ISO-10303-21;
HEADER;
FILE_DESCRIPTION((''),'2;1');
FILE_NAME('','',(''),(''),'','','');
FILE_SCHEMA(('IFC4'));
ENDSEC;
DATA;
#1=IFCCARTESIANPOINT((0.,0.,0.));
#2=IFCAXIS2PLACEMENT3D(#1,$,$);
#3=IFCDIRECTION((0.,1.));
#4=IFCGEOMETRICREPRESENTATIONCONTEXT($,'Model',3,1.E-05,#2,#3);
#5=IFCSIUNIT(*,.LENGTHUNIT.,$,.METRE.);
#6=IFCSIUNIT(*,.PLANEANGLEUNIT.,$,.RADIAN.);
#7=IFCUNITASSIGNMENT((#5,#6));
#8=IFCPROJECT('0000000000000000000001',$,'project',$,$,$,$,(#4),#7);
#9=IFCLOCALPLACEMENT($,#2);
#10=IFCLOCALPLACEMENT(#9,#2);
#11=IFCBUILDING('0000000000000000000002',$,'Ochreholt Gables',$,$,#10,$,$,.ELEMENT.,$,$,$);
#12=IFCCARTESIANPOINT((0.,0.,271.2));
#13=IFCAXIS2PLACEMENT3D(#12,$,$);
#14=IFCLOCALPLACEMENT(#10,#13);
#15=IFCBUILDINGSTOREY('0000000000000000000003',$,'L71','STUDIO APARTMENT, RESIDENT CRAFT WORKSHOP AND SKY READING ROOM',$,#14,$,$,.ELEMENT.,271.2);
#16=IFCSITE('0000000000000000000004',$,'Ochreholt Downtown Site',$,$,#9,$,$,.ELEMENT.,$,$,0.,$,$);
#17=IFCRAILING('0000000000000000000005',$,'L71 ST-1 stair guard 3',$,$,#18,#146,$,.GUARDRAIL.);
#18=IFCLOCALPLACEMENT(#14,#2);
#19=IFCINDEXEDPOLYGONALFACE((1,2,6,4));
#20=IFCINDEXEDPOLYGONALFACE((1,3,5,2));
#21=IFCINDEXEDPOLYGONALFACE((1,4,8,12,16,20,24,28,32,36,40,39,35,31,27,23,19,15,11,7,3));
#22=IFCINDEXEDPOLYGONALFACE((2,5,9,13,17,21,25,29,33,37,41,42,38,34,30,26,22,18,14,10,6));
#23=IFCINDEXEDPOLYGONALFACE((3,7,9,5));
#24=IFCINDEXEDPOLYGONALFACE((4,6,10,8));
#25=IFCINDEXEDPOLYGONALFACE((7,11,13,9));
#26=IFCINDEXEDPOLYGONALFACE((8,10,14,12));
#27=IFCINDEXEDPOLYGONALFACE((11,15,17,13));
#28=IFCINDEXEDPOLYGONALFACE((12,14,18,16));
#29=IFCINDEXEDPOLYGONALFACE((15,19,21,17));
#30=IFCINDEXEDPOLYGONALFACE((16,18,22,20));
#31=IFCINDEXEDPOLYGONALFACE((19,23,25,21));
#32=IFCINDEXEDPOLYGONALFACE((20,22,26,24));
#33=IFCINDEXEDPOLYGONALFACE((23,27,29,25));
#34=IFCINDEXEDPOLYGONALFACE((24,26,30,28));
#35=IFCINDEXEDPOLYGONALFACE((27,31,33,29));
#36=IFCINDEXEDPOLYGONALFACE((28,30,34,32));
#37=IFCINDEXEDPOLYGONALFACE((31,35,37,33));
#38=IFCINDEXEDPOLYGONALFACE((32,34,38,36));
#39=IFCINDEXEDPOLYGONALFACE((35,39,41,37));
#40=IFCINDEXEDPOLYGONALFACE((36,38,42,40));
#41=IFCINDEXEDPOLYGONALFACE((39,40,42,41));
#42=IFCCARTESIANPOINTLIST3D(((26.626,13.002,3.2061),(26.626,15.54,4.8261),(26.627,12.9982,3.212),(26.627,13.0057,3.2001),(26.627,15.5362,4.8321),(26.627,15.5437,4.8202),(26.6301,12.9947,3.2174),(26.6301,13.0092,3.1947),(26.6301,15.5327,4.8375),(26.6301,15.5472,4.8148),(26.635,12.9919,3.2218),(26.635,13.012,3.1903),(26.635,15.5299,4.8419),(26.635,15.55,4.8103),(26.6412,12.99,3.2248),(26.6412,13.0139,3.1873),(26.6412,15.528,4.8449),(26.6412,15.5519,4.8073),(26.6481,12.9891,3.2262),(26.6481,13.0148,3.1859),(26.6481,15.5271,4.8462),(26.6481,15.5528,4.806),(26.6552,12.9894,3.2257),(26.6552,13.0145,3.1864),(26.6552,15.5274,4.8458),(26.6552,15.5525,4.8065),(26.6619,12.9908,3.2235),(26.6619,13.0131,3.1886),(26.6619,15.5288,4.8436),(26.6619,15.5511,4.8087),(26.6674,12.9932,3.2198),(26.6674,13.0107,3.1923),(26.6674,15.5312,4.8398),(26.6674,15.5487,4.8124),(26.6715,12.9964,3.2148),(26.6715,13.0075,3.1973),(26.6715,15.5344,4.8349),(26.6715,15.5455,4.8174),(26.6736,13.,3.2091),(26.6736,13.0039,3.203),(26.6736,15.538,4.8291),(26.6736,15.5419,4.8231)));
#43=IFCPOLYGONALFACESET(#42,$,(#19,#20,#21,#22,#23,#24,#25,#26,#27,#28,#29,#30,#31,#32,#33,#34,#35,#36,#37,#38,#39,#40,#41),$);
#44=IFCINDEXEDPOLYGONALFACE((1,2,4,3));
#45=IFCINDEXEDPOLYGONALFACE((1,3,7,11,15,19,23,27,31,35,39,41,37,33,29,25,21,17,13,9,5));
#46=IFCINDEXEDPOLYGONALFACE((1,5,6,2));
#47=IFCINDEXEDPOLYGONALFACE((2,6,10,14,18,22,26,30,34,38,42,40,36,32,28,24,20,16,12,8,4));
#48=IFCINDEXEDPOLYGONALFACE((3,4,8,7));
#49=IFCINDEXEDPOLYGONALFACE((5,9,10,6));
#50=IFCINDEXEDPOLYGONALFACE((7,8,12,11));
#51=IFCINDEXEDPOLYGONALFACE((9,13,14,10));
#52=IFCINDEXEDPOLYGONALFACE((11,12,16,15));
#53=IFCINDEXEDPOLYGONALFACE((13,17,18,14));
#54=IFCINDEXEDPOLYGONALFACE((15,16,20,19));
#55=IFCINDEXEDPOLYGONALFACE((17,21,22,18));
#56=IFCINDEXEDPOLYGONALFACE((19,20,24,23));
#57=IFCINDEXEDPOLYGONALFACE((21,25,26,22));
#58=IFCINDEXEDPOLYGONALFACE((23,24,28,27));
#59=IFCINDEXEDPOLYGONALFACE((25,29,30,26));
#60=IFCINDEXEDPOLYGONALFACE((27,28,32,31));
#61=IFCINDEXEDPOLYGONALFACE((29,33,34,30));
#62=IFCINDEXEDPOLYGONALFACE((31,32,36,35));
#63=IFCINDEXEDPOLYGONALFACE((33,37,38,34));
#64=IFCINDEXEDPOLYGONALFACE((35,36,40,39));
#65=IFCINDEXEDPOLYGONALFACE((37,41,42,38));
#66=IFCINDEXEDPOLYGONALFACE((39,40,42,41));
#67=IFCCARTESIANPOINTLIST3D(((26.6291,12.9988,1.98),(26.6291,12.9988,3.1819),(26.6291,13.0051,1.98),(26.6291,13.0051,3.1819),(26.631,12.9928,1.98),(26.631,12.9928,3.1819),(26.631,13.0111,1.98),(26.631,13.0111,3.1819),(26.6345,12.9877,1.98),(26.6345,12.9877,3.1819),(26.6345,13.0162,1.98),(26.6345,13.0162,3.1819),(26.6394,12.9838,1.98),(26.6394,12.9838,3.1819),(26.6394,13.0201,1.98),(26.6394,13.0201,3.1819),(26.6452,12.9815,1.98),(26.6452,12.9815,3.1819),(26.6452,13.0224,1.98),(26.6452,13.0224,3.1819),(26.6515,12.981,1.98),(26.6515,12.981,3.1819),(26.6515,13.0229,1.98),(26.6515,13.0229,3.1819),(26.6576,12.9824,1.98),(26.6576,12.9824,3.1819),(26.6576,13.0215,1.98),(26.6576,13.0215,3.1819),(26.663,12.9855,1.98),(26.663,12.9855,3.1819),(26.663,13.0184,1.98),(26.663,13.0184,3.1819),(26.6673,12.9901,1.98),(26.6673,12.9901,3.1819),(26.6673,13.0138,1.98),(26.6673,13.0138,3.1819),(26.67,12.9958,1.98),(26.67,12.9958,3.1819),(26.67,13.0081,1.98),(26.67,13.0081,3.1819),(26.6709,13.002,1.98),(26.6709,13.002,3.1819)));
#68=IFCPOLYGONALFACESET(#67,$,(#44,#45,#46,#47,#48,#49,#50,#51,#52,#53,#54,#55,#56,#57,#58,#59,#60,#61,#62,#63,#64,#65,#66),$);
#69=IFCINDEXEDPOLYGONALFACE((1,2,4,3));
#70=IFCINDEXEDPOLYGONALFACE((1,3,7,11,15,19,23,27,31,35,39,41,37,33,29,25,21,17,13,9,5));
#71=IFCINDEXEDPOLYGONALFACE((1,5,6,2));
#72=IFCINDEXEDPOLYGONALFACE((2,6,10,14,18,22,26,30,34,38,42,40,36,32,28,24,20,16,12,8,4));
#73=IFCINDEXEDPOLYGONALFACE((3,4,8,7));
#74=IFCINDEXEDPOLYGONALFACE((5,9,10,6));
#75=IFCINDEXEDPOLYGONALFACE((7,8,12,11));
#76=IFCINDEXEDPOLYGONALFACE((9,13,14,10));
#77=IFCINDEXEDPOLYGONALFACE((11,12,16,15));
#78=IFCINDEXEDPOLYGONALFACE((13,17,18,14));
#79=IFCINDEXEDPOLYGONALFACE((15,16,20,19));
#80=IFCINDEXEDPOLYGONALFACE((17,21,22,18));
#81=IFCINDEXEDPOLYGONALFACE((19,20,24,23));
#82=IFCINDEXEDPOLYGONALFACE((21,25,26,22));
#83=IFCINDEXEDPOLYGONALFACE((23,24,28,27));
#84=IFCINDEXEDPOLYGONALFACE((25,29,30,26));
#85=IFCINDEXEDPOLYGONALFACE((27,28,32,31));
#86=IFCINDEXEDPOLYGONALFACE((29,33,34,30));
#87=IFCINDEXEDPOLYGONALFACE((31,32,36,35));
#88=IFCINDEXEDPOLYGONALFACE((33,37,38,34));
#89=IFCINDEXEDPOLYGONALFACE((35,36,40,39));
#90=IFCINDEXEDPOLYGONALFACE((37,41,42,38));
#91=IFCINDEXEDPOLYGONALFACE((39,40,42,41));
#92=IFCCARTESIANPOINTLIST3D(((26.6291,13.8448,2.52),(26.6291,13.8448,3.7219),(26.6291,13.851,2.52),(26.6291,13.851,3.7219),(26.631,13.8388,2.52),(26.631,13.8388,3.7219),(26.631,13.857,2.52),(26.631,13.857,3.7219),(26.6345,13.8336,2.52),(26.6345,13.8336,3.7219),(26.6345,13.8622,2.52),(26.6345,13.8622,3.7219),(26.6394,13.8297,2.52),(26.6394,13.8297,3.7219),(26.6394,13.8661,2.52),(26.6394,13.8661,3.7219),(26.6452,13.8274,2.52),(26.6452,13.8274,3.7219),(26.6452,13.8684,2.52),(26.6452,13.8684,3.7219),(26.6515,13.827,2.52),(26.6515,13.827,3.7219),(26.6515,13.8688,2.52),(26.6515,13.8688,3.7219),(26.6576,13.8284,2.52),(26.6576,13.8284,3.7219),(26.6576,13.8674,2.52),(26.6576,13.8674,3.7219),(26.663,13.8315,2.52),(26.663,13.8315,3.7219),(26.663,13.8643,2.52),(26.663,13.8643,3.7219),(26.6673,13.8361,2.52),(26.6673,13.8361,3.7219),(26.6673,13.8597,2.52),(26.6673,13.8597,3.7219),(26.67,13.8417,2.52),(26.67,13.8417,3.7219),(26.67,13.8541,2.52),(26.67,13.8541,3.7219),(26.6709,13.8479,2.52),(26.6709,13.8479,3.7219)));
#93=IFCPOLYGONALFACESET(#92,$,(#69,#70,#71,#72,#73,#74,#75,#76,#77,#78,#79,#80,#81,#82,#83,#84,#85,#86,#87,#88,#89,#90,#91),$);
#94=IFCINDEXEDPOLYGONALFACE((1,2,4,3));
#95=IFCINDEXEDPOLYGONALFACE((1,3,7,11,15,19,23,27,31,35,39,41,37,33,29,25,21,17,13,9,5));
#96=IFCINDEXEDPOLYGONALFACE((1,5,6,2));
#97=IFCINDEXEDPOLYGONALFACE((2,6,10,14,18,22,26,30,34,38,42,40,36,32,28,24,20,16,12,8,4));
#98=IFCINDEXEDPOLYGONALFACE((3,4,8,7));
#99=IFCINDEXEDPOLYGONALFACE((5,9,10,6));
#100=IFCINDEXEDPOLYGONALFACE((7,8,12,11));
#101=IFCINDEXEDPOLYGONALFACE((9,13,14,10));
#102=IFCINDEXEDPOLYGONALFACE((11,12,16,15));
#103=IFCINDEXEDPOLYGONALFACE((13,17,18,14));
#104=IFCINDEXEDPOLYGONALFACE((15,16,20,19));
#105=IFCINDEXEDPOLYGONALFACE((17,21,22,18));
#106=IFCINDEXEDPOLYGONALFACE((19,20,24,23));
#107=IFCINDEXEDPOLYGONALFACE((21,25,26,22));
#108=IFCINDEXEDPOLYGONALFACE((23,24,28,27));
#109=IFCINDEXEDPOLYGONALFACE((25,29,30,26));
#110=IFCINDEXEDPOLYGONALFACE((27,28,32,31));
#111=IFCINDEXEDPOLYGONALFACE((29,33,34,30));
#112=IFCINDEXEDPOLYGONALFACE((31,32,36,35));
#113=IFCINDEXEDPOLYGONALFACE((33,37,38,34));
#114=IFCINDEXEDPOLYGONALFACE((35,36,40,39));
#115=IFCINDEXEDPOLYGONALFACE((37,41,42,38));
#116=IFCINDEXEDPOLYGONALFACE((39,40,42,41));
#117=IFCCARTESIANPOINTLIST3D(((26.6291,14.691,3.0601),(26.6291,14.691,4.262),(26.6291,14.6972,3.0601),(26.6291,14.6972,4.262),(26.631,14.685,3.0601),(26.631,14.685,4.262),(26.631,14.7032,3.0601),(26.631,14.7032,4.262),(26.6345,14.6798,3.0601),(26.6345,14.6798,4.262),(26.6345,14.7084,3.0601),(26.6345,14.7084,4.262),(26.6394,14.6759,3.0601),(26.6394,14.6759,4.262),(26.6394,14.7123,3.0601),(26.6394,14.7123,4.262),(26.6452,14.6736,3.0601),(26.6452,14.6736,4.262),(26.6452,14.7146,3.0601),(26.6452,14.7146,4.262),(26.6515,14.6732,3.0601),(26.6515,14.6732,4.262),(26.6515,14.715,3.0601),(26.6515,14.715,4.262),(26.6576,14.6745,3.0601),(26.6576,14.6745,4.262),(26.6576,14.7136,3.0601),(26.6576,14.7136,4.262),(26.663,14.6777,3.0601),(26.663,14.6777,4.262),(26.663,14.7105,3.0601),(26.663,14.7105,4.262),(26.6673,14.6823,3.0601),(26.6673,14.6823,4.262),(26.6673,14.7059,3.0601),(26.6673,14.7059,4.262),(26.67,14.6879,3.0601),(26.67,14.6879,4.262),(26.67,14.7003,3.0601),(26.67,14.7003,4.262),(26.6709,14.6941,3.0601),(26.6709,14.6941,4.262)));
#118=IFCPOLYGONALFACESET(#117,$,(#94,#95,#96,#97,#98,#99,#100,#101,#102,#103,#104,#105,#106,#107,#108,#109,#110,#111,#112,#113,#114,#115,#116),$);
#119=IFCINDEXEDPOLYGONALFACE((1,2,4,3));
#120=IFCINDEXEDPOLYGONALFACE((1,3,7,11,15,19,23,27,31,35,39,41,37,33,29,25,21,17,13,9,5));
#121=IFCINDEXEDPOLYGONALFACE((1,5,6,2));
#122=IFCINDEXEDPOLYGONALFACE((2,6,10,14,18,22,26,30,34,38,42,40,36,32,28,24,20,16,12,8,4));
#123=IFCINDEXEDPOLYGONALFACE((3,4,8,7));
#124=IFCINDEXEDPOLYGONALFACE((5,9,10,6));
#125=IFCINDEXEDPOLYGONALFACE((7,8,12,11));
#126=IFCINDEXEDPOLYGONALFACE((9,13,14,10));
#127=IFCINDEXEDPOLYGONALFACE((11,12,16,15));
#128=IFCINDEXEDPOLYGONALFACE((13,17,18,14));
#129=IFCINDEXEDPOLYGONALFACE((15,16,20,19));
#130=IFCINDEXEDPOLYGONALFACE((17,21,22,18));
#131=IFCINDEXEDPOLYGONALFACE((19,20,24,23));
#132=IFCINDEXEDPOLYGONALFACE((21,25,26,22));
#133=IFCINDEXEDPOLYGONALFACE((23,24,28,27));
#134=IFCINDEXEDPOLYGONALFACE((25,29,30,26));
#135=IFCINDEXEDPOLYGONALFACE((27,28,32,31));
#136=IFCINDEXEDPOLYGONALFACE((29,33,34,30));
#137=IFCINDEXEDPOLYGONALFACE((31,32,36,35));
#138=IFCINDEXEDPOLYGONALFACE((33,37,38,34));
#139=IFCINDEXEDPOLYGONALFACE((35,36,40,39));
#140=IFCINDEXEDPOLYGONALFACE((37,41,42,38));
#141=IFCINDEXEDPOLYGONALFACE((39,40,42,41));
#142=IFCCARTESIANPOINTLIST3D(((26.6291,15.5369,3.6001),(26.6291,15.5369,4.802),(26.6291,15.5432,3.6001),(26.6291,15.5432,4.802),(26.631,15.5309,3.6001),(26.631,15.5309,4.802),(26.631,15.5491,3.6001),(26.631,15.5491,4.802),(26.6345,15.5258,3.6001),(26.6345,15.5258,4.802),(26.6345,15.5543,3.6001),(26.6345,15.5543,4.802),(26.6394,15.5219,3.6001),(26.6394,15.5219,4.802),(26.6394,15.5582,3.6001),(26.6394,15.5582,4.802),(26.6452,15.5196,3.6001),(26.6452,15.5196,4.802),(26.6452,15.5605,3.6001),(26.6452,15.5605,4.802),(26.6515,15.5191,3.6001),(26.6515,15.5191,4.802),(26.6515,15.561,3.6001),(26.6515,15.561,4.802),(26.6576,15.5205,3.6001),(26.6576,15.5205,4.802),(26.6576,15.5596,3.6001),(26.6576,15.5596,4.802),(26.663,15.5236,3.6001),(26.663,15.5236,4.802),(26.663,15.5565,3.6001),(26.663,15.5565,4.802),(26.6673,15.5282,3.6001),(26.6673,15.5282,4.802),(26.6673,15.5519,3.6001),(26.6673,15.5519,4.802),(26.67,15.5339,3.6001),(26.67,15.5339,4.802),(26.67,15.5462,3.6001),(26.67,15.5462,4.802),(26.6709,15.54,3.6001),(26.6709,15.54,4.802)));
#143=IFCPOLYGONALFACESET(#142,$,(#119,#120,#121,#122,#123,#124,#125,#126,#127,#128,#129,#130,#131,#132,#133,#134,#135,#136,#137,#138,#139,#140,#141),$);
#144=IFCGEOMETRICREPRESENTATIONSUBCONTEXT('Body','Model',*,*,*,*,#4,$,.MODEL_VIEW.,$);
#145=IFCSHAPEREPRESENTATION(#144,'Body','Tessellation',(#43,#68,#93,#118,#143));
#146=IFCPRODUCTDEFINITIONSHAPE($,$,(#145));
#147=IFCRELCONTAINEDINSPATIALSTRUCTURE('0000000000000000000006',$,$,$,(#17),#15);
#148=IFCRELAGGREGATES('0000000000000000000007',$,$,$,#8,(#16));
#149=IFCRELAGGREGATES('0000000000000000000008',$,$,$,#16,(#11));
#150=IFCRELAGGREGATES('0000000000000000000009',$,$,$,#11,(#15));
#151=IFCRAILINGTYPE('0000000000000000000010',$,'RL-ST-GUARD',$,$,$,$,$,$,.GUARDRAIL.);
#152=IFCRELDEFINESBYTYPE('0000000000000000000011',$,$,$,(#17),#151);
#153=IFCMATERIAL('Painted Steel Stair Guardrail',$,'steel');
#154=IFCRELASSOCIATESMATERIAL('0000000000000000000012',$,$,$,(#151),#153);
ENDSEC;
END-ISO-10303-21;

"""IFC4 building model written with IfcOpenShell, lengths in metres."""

from ifc_helpers import new_model, si_unit, direction, frame, origin, origin_2d, place, context, subcontext, project, spatial, circle, extrude, material, type_object, element, save


model = new_model("IFC4")

# Units and contexts
model_context = context("Model", 3, precision=1e-05, world=origin(), true_north=direction((0.0, 1.0)))
body_context = subcontext(model_context, "Body", "Model", "MODEL_VIEW")
ifc_project = project(units=[si_unit("LENGTHUNIT", "METRE"), si_unit("PLANEANGLEUNIT", "RADIAN")], contexts=[model_context])

# Site, building, storey
site_placement = place(None, origin())
site = spatial("IfcSite", under=ifc_project, at=site_placement, Name="Ochreholt Downtown Site", CompositionType="ELEMENT", RefElevation=0.0)
building_placement = place(site_placement, origin())
building = spatial("IfcBuilding", under=site, at=building_placement, Name="Ochreholt Gables", CompositionType="ELEMENT")
storey_placement = place(building_placement, frame((0.0, 0.0, 271.2)))
storey = spatial("IfcBuildingStorey", under=building, at=storey_placement, Name="L71", Description="STUDIO APARTMENT, RESIDENT CRAFT WORKSHOP AND SKY READING ROOM", CompositionType="ELEMENT", Elevation=271.2)

# Railing
ifc_material_1 = material(Name="Painted Steel Stair Guardrail", Category="steel")
railing_type_1 = type_object("IfcRailingType", Name="RL-ST-GUARD", PredefinedType="GUARDRAIL", material=ifc_material_1)
railing_1_placement = place(storey_placement, frame((26.6499, 13.002, 1.98)))
element("IfcRailing", 1, at=railing_1_placement, inside=storey, type_object=railing_type_1, Name="L71 ST-1 stair guard 3", PredefinedType="GUARDRAIL", context=body_context, shape_type="SweptSolid", body=[
    extrude(circle(Radius=0.0239, at=origin_2d()), frame((0.0, 0.0, 1.2261), z_axis=(0.0, 0.842913, 0.53805), x_axis=(-1.0, 0.0, 0.0)), (0.0, 0.0, 1.0), 3.011),
    extrude(circle(Radius=0.021, at=origin_2d()), origin(), (0.0, 0.0, 1.0), 1.2019),
    extrude(circle(Radius=0.021, at=origin_2d()), frame((0.0, 0.8459, 0.54)), (0.0, 0.0, 1.0), 1.2019),
    extrude(circle(Radius=0.021, at=origin_2d()), frame((0.0, 1.6921, 1.0801)), (0.0, 0.0, 1.0), 1.2019),
    extrude(circle(Radius=0.021, at=origin_2d()), frame((0.0, 2.5381, 1.6201)), (0.0, 0.0, 1.0), 1.2019),
])

save(model, "model.ifc")
